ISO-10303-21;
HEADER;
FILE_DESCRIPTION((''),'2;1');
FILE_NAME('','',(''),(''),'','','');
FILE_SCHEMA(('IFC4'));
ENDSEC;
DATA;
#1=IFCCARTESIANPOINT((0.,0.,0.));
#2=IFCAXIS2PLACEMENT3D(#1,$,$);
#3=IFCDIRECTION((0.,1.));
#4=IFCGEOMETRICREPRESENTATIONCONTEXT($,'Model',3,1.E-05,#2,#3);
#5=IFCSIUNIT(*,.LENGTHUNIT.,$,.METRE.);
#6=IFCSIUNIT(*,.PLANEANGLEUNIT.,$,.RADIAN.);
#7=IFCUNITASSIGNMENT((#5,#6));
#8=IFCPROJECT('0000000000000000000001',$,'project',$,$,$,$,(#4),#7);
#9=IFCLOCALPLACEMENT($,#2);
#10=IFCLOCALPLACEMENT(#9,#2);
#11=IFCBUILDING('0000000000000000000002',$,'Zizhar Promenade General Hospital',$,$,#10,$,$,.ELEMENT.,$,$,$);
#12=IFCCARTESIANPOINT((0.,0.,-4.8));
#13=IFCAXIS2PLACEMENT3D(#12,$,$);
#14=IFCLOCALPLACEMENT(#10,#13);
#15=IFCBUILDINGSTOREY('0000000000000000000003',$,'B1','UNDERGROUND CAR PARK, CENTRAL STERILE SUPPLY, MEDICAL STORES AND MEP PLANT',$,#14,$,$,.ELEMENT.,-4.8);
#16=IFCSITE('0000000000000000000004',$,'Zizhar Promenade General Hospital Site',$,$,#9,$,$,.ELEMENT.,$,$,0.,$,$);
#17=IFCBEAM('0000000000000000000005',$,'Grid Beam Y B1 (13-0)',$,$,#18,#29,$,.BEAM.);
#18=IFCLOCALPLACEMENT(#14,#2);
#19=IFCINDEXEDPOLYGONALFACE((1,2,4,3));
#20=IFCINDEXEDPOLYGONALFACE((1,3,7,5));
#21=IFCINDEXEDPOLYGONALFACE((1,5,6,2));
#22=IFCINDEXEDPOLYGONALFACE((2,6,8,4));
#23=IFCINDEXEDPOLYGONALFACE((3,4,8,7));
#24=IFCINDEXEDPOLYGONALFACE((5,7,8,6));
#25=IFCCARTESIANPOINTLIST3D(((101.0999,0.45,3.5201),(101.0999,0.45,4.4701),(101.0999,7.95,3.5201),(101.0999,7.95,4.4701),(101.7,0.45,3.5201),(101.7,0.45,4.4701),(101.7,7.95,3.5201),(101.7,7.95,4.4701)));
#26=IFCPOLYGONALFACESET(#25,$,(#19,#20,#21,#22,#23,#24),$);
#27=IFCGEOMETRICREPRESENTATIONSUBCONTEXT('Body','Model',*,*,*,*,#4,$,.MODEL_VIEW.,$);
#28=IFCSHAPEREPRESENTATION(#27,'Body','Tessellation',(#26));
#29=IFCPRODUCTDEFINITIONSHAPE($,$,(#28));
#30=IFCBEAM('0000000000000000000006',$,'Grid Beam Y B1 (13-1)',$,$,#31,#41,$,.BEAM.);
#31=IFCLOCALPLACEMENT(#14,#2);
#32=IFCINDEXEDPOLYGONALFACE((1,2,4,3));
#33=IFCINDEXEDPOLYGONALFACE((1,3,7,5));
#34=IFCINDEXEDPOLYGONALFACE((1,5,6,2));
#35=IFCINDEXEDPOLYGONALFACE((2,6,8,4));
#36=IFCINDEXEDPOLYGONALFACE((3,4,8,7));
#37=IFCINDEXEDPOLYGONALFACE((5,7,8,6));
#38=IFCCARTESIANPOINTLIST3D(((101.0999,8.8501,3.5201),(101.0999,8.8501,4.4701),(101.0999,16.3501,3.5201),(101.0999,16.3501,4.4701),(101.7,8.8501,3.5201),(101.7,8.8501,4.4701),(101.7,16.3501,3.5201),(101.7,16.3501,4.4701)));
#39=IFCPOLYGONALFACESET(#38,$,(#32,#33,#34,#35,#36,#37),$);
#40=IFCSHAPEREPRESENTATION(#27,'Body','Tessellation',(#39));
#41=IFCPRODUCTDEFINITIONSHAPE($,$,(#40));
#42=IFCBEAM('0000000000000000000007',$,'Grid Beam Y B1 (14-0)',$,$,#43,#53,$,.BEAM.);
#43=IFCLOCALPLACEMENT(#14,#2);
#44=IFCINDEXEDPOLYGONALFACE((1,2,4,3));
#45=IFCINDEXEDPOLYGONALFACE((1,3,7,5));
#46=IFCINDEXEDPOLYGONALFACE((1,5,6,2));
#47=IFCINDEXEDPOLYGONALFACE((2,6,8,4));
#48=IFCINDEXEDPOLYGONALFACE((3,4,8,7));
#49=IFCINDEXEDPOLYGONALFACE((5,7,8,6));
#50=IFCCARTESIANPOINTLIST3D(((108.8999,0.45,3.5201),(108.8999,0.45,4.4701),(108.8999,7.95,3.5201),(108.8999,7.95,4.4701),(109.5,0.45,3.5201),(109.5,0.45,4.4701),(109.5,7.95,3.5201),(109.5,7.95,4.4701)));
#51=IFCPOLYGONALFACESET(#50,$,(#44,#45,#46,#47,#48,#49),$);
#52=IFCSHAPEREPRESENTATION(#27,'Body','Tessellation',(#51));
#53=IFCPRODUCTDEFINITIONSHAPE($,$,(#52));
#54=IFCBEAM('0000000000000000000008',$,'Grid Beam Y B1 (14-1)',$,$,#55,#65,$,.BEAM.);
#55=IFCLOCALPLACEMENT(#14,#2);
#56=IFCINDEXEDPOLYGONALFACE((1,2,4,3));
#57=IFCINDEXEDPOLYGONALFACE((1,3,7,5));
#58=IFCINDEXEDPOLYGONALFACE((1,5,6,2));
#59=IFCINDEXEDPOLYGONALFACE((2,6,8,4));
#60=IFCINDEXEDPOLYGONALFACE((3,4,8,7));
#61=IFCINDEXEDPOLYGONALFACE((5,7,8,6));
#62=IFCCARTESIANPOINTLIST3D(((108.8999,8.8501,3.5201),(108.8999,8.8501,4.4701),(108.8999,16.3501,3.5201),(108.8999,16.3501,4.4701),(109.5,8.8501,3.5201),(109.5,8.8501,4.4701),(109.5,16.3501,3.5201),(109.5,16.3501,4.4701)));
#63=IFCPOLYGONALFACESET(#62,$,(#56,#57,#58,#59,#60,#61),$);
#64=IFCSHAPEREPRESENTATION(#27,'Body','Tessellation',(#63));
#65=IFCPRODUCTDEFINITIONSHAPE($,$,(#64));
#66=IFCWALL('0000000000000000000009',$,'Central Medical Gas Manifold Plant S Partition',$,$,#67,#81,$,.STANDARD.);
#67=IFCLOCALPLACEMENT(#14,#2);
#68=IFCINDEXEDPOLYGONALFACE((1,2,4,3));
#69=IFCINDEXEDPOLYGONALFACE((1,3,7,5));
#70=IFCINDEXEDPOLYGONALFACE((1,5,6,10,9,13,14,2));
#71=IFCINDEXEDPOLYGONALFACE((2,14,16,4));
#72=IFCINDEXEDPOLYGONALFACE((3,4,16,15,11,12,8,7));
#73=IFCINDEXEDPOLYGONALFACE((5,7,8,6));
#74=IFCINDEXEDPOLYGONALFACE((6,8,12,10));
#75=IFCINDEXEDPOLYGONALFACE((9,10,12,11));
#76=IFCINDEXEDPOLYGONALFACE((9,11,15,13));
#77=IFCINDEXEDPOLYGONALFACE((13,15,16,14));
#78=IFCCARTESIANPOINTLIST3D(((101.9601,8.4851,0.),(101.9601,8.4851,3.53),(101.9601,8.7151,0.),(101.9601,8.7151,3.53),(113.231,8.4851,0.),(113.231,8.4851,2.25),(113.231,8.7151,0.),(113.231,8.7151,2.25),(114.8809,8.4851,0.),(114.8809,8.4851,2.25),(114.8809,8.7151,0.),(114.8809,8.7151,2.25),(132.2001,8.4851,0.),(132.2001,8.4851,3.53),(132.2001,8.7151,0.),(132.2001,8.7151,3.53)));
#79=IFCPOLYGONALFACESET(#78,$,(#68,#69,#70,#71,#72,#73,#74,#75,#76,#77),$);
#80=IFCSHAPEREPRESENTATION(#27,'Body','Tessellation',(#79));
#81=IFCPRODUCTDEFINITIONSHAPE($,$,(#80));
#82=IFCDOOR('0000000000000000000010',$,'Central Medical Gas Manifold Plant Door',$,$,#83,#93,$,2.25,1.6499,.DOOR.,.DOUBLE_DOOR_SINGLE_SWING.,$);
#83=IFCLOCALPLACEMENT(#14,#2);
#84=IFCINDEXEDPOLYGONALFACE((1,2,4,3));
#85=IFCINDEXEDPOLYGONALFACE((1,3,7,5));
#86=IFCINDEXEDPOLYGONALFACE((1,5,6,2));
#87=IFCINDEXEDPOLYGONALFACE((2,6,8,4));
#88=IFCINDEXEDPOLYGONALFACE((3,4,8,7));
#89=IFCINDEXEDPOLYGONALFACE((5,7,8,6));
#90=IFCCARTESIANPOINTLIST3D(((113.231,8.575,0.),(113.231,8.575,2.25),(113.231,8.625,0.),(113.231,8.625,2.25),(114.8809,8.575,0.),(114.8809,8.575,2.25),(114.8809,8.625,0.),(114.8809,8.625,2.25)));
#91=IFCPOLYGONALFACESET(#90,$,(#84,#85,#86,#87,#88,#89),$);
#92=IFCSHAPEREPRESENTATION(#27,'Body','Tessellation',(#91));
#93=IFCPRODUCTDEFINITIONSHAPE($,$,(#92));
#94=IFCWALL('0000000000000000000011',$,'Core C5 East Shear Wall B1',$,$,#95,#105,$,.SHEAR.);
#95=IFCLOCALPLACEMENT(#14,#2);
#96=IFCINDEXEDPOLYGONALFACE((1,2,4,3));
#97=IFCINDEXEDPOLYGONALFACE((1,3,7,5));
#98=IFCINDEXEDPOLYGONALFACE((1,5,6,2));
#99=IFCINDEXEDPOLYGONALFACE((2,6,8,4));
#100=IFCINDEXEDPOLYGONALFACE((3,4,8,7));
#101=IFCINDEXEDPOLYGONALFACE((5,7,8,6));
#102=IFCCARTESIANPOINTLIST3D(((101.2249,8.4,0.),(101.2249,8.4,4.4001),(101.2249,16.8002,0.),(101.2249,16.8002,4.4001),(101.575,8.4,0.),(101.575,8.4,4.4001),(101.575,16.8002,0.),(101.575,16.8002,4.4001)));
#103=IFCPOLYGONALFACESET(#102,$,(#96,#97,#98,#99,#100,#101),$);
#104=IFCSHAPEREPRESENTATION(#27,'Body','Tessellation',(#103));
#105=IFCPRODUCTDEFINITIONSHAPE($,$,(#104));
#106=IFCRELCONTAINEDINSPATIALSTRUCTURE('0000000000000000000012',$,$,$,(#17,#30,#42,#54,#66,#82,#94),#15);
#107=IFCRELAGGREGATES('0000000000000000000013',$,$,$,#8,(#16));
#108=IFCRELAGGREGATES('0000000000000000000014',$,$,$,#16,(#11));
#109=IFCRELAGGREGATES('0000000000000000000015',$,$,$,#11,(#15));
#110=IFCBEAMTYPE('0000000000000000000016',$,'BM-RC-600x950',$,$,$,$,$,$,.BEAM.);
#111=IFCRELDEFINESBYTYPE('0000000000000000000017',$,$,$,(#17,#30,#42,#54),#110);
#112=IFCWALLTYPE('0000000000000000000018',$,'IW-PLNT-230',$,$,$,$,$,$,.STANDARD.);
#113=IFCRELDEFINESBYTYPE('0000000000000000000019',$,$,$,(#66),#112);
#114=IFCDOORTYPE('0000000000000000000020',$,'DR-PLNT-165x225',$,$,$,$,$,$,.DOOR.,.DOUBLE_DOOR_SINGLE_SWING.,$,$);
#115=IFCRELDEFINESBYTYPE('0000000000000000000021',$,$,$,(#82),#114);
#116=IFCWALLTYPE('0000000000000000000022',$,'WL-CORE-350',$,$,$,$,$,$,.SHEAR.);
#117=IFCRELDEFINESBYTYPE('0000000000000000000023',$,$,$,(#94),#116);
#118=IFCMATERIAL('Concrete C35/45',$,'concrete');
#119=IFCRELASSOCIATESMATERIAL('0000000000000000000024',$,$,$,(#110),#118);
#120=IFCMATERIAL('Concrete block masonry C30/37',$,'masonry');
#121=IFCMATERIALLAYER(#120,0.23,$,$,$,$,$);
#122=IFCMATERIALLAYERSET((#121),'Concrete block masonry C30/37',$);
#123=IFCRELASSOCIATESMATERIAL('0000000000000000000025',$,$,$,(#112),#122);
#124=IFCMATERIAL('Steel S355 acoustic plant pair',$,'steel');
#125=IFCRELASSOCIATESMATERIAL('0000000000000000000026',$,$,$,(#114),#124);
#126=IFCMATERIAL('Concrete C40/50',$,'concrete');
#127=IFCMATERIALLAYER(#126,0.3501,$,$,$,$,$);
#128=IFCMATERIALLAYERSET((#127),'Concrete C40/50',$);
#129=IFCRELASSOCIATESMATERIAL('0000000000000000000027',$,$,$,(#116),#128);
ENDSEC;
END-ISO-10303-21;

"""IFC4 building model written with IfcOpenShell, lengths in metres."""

from ifc_helpers import new_model, si_unit, direction, frame, frame_2d, origin, origin_2d, place, context, subcontext, project, spatial, rectangle, extrude, material, layer, layer_set, material_profile, profile_set, type_object, element, fill, save


model = new_model("IFC4")

# Units and contexts
model_context = context("Model", 3, precision=1e-05, world=origin(), true_north=direction((0.0, 1.0)))
body_context = subcontext(model_context, "Body", "Model", "MODEL_VIEW")
ifc_project = project(units=[si_unit("LENGTHUNIT", "METRE"), si_unit("PLANEANGLEUNIT", "RADIAN")], contexts=[model_context])

# Site, building, storey
site_placement = place(None, origin())
site = spatial("IfcSite", under=ifc_project, at=site_placement, Name="Zizhar Promenade General Hospital Site", CompositionType="ELEMENT", RefElevation=0.0)
building_placement = place(site_placement, origin())
building = spatial("IfcBuilding", under=site, at=building_placement, Name="Zizhar Promenade General Hospital", CompositionType="ELEMENT")
storey_placement = place(building_placement, frame((0.0, 0.0, -4.8)))
storey = spatial("IfcBuildingStorey", under=building, at=storey_placement, Name="B1", Description="UNDERGROUND CAR PARK, CENTRAL STERILE SUPPLY, MEDICAL STORES AND MEP PLANT", CompositionType="ELEMENT", Elevation=-4.8)

# Beams
ifc_material_1 = material(Name="Concrete C35/45", Category="concrete")
ifc_material_profile_1 = material_profile(ifc_material_1, rectangle(XDim=0.6001, YDim=0.95, at=origin_2d()))
ifc_profile_set_1 = profile_set([ifc_material_profile_1], Name="Concrete C35/45")
beam_type_1 = type_object("IfcBeamType", Name="BM-RC-600x950", PredefinedType="BEAM", material=ifc_profile_set_1)
for number, where, z_axis, x_axis, name in (
    (1, (101.3999, 0.45, 3.9951), (0.0, 1.0, 0.0), (-1.0, 0.0, 0.0), "Grid Beam Y B1 (13-0)"),
    (2, (101.3999, 8.8501, 3.9951), (0.0, 1.0, 0.0), (-1.0, 0.0, 0.0), "Grid Beam Y B1 (13-1)"),
    (3, (109.2, 0.45, 3.9951), (0.0, 1.0, 0.0), (-1.0, 0.0, 0.0), "Grid Beam Y B1 (14-0)"),
    (4, (109.2, 8.8501, 3.9951), (0.0, 1.0, 0.0), (-1.0, 0.0, 0.0), "Grid Beam Y B1 (14-1)"),
):
    element("IfcBeam", number, at=place(storey_placement, frame(where, z_axis=z_axis, x_axis=x_axis)), inside=storey, type_object=beam_type_1, Name=name, PredefinedType="BEAM", context=body_context, shape_type="SweptSolid", body=[
        extrude(rectangle(XDim=0.6001, YDim=0.95, at=origin_2d()), origin(), (0.0, 0.0, 1.0), 7.5),
    ])

# Wall, opening, door
ifc_material_2 = material(Name="Concrete block masonry C30/37", Category="masonry")
ifc_layer_1 = layer(ifc_material_2, 0.23)
ifc_layer_set_1 = layer_set([ifc_layer_1], Name="Concrete block masonry C30/37")
wall_type_1 = type_object("IfcWallType", Name="IW-PLNT-230", PredefinedType="STANDARD", material=ifc_layer_set_1)
wall_1_placement = place(storey_placement, frame((101.96, 8.6001, 0.0), z_axis=(0.0, 0.0, 1.0), x_axis=(1.0, 0.0, 0.0)))
wall_1 = element("IfcWall", 5, at=wall_1_placement, inside=storey, type_object=wall_type_1, Name="Central Medical Gas Manifold Plant S Partition", PredefinedType="STANDARD", context=body_context, shape_type="SweptSolid", body=[
    extrude(rectangle(XDim=30.24, YDim=0.23, at=frame_2d((15.1201, 0.0))), origin(), (0.0, 0.0, 1.0), 3.53),
])
opening_placement = place(wall_1_placement, frame((11.271, 0.0, 0.0)))
opening = element("IfcOpeningElement", 6, at=opening_placement, cuts=wall_1, PredefinedType="OPENING", context=body_context, shape_type="SweptSolid", body=[
    extrude(rectangle(XDim=1.6499, YDim=2.25, at=frame_2d((0.825, 1.125))), frame((0.0, 0.125, 0.0), z_axis=(0.0, -1.0, 0.0), x_axis=(1.0, 0.0, 0.0)), (0.0, 0.0, 1.0), 0.25),
])
ifc_material_3 = material(Name="Steel S355 acoustic plant pair", Category="steel")
door_type = type_object("IfcDoorType", Name="DR-PLNT-165x225", OperationType="DOUBLE_DOOR_SINGLE_SWING", PredefinedType="DOOR", material=ifc_material_3)
door_placement = place(opening_placement, origin())
door = element("IfcDoor", 7, at=door_placement, inside=storey, type_object=door_type, Name="Central Medical Gas Manifold Plant Door", OperationType="DOUBLE_DOOR_SINGLE_SWING", OverallHeight=2.25, OverallWidth=1.6499, PredefinedType="DOOR", context=body_context, shape_type="SweptSolid", body=[
    extrude(rectangle(XDim=1.6499, YDim=2.25, at=frame_2d((0.825, 1.125))), frame((0.0, 0.0249, 0.0), z_axis=(0.0, -1.0, 0.0), x_axis=(1.0, 0.0, 0.0)), (0.0, 0.0, 1.0), 0.05),
])
fill(opening, door)

# Wall
ifc_material_4 = material(Name="Concrete C40/50", Category="concrete")
ifc_layer_2 = layer(ifc_material_4, 0.3501)
ifc_layer_set_2 = layer_set([ifc_layer_2], Name="Concrete C40/50")
wall_type_2 = type_object("IfcWallType", Name="WL-CORE-350", PredefinedType="SHEAR", material=ifc_layer_set_2)
wall_2_placement = place(storey_placement, frame((101.3999, 8.3999, 0.0), z_axis=(0.0, 0.0, 1.0), x_axis=(0.0, 1.0, 0.0)))
element("IfcWall", 8, at=wall_2_placement, inside=storey, type_object=wall_type_2, Name="Core C5 East Shear Wall B1", PredefinedType="SHEAR", context=body_context, shape_type="SweptSolid", body=[
    extrude(rectangle(XDim=8.4001, YDim=0.3501, at=frame_2d((4.2002, 0.0))), origin(), (0.0, 0.0, 1.0), 4.4001),
])

save(model, "model.ifc")
